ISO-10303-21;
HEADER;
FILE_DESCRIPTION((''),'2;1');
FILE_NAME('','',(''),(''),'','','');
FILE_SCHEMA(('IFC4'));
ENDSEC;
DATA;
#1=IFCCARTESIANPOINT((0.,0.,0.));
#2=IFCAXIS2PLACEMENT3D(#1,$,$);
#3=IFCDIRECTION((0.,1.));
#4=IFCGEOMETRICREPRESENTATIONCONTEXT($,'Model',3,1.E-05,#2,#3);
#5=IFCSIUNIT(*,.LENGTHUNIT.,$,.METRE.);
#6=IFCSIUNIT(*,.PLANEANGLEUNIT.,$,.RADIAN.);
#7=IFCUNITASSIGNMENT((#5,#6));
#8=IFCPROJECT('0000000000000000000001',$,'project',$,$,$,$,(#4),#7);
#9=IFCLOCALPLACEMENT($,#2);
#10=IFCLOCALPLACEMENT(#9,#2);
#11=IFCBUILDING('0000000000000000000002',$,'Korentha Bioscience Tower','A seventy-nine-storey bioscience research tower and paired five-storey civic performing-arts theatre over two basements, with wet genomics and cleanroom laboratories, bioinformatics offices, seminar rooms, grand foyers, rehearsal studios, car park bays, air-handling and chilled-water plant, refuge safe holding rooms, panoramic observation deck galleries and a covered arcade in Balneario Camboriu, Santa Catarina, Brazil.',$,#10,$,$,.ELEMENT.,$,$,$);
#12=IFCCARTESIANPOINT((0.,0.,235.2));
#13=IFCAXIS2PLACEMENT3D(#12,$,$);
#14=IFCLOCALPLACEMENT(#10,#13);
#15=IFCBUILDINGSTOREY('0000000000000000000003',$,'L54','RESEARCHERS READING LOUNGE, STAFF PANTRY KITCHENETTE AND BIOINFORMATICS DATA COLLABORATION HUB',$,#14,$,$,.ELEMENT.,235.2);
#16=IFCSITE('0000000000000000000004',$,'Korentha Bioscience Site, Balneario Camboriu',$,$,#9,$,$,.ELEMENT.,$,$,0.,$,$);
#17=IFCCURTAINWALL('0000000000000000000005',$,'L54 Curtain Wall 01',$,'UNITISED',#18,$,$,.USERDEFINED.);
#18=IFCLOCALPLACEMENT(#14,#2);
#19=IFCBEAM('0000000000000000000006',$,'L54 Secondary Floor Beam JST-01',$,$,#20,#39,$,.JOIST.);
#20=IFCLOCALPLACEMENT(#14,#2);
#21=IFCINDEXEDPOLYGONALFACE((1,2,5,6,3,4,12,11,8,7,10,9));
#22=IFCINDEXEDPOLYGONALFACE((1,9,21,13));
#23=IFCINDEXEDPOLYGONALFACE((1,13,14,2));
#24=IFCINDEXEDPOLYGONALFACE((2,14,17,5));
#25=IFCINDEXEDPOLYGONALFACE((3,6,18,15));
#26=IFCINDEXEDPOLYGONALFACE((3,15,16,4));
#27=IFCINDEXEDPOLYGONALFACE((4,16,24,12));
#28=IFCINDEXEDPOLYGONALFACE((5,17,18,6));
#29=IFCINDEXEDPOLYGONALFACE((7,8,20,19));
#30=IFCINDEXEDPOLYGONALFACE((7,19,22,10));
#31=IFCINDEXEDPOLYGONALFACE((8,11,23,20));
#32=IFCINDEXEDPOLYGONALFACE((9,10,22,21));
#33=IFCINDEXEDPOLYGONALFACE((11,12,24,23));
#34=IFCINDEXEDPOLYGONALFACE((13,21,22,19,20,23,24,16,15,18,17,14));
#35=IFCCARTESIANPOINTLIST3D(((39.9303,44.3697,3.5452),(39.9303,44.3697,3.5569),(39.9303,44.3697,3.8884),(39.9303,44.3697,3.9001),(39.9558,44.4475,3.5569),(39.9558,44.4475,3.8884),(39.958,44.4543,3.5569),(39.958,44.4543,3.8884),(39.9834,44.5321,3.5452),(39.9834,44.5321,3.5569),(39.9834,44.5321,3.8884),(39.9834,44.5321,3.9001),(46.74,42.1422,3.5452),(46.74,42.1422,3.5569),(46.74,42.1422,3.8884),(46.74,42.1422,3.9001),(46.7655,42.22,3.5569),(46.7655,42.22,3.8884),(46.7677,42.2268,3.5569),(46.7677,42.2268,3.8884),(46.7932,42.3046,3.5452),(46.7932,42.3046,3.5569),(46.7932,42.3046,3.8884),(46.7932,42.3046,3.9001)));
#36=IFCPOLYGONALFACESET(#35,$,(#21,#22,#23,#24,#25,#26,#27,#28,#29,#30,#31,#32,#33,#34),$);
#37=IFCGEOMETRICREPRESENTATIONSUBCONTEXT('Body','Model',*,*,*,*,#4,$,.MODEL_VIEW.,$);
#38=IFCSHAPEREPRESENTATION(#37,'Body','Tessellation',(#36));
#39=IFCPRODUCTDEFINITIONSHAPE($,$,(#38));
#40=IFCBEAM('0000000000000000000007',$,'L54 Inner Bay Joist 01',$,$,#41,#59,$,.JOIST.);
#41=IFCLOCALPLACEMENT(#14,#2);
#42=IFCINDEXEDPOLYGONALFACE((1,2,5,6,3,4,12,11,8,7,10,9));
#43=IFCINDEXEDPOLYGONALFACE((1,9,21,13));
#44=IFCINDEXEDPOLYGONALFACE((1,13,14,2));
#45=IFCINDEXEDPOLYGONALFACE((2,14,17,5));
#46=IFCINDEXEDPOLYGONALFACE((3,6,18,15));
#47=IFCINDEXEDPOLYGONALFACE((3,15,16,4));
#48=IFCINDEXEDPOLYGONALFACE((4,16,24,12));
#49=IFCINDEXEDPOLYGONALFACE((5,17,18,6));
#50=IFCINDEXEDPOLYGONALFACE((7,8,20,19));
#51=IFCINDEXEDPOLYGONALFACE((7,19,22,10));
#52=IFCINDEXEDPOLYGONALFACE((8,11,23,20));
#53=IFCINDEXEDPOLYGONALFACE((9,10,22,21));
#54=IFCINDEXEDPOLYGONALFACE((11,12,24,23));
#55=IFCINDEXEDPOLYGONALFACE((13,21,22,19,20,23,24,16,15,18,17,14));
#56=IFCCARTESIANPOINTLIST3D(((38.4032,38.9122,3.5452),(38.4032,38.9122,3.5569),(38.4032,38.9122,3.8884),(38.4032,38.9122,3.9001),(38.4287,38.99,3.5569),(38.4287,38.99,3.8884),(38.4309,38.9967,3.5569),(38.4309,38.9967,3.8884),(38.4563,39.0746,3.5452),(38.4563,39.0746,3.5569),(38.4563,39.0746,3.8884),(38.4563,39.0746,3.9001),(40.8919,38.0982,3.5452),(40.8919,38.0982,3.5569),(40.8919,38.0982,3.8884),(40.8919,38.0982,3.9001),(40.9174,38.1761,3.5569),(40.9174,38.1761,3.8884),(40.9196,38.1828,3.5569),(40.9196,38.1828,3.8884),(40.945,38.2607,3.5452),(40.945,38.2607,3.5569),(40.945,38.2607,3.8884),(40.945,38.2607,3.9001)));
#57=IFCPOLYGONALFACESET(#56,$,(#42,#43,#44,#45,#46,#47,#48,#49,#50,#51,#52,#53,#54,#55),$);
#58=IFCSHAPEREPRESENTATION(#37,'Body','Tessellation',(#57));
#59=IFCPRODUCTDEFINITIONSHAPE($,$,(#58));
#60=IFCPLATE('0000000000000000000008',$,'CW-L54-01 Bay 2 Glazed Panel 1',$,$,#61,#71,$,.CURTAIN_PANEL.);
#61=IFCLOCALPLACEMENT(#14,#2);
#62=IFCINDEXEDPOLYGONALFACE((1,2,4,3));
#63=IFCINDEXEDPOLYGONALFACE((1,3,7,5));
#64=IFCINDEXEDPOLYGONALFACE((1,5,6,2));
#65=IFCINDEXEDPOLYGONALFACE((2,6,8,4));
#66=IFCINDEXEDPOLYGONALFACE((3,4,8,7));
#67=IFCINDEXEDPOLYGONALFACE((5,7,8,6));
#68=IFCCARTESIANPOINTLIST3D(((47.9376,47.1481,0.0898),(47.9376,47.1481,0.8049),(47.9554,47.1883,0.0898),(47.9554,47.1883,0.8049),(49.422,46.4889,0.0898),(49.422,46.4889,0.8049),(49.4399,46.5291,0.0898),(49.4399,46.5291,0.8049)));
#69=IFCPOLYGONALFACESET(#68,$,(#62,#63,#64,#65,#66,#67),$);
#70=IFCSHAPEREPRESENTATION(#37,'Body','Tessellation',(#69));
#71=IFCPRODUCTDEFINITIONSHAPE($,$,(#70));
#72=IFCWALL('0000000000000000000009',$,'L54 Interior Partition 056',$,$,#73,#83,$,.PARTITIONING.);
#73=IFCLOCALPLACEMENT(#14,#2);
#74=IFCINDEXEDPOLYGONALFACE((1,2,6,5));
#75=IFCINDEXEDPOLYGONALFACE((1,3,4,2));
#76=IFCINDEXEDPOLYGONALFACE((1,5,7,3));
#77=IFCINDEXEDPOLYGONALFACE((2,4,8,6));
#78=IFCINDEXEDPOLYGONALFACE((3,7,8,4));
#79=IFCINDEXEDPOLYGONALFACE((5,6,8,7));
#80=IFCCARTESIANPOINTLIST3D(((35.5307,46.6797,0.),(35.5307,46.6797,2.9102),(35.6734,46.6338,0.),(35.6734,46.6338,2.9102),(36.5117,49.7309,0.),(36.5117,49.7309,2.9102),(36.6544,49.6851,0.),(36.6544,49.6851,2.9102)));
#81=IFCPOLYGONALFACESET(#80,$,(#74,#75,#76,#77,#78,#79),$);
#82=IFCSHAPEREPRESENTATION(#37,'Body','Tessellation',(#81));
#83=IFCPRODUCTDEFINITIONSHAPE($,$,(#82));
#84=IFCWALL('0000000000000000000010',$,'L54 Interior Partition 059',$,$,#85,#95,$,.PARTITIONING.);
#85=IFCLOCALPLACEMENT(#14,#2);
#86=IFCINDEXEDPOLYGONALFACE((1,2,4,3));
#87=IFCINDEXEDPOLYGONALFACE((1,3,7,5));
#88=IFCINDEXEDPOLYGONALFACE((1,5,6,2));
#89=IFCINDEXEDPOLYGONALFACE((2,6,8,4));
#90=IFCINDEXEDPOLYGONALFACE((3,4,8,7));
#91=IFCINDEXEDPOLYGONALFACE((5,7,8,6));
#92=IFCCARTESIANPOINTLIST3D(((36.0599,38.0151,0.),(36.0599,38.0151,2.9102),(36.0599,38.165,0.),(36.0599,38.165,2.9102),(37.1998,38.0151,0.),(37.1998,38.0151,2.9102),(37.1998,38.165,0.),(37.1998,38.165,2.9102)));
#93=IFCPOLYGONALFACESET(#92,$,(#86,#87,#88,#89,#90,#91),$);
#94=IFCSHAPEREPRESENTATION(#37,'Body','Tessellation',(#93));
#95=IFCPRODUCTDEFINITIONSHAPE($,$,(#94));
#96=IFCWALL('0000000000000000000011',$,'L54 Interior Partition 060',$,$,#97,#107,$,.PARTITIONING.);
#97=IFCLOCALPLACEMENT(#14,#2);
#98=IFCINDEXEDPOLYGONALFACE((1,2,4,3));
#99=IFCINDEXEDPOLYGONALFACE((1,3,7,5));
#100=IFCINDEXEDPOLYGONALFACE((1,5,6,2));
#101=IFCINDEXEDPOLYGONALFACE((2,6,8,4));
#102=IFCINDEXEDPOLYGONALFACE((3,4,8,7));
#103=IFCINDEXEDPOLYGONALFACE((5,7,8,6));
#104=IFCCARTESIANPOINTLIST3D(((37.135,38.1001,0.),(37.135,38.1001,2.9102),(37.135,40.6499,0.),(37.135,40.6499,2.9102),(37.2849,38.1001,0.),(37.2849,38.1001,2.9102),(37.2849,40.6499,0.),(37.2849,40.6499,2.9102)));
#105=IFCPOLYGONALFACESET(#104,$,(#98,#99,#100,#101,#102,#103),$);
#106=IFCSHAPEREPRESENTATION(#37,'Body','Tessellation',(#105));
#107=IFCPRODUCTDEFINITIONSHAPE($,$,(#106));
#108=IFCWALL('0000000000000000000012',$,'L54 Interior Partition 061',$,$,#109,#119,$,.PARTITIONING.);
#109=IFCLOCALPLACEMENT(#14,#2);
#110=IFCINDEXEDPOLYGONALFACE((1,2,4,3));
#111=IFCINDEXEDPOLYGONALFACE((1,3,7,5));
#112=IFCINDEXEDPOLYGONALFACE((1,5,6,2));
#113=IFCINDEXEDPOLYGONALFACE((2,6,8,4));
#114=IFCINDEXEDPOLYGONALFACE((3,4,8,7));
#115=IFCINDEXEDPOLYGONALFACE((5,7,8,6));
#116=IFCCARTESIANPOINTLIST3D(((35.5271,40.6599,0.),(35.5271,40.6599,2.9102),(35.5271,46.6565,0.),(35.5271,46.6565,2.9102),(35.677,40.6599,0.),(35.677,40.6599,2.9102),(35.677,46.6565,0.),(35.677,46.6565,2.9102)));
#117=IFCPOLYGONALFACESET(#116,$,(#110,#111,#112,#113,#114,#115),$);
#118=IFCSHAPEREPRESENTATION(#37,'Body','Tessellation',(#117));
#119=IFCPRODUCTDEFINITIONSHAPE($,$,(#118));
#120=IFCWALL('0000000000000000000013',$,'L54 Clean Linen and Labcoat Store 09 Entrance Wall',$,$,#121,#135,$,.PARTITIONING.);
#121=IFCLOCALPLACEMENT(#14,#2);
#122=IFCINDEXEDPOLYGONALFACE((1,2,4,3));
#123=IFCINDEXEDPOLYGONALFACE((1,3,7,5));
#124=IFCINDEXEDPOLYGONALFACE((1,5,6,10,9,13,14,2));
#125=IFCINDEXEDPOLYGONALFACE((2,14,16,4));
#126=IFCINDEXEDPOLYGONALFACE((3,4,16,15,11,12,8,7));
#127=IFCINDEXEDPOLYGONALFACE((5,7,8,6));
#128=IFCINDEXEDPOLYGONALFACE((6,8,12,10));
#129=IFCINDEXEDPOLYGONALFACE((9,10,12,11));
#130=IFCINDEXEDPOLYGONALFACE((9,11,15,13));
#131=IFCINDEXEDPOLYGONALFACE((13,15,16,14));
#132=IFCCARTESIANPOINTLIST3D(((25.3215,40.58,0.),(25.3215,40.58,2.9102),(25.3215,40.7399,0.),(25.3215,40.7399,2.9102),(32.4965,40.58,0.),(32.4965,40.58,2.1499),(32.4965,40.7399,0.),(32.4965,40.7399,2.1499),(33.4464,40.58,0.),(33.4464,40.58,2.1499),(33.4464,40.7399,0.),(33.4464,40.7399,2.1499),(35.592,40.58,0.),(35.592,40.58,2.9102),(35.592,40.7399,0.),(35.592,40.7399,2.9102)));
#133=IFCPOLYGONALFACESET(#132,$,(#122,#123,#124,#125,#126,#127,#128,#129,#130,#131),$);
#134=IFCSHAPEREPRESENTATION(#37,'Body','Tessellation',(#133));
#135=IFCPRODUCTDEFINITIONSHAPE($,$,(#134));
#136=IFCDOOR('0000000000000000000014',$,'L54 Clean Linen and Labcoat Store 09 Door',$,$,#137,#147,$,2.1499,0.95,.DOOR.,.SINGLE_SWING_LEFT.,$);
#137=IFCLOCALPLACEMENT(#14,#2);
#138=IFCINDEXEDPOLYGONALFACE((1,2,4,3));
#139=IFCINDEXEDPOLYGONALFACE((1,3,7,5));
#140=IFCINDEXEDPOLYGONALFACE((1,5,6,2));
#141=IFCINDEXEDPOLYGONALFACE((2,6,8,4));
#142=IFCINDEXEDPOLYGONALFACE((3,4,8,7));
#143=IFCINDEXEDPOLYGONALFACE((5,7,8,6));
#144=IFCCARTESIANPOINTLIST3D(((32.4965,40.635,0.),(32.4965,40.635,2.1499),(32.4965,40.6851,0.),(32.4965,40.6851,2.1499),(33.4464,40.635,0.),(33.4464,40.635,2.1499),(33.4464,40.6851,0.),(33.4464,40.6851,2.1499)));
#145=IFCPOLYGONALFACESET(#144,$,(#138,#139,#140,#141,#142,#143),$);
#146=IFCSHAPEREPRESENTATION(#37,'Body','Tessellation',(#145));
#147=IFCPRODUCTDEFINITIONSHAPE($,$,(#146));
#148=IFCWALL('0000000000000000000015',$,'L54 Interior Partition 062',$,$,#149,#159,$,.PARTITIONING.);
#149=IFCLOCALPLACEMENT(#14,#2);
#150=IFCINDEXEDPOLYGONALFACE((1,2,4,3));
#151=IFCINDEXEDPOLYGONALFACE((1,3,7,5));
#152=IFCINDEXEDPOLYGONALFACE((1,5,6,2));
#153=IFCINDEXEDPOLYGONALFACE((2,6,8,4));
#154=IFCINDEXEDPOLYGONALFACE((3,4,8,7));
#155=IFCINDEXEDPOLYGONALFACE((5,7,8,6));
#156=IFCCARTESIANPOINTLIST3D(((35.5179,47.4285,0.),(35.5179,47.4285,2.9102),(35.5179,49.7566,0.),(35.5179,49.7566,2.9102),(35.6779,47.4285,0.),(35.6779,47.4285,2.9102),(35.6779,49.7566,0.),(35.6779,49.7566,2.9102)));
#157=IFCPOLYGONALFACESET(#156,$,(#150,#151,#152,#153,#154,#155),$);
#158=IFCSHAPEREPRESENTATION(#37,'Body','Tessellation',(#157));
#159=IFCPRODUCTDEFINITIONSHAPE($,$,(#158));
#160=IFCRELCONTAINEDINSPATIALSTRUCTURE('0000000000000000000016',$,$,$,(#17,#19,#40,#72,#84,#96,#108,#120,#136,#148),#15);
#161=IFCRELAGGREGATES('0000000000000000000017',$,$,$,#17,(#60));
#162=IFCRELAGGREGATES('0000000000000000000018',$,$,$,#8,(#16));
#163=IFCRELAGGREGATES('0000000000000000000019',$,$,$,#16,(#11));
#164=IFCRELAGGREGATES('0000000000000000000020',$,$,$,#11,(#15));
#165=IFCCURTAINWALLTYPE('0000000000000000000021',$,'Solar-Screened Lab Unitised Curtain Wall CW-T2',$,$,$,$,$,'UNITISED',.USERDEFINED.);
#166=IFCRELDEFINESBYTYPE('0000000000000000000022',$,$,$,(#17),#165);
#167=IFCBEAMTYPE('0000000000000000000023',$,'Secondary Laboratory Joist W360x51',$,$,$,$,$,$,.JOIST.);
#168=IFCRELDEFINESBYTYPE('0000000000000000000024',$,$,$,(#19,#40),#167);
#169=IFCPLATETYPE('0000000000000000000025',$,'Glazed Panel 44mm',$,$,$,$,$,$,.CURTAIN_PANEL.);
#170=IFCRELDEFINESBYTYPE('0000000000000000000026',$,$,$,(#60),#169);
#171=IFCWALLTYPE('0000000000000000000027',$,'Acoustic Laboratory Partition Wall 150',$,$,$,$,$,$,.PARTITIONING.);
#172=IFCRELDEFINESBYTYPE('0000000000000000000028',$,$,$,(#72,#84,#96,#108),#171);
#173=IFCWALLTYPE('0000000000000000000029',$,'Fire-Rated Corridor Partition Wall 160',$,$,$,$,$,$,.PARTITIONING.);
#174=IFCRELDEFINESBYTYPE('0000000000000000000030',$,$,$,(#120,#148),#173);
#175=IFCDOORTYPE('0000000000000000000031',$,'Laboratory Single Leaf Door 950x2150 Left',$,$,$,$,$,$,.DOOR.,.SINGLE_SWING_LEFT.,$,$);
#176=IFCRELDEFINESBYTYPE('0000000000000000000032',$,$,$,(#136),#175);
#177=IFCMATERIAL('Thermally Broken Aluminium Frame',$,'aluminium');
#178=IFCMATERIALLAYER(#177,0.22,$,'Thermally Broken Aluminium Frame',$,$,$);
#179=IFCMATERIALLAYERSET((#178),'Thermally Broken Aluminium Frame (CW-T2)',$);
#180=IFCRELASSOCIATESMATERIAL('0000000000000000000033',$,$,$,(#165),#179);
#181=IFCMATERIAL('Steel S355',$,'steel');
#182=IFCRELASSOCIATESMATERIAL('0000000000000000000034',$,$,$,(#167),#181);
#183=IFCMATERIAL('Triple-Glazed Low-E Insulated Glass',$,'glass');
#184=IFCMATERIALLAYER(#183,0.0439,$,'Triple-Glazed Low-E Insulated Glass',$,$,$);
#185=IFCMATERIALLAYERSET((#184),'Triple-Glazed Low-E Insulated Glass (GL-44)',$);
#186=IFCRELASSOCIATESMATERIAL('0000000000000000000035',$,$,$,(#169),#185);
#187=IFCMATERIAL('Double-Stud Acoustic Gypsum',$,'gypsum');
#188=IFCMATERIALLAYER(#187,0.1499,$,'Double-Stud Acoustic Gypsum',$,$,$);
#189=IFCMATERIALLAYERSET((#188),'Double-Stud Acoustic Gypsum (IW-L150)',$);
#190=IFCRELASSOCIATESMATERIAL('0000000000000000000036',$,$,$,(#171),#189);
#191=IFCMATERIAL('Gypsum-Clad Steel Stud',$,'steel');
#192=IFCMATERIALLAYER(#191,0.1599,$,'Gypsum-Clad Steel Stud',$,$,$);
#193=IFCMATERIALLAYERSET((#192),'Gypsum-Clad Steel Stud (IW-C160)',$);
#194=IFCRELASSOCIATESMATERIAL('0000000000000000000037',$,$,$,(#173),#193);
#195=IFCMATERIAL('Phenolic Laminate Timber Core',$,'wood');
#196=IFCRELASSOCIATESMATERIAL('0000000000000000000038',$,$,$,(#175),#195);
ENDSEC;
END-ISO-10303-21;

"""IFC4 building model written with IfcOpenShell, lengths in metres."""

from ifc_helpers import new_model, si_unit, direction, frame, frame_2d, origin, origin_2d, place, context, subcontext, project, spatial, rectangle, i_section, extrude, material, layer, layer_set, material_profile, profile_set, type_object, element, fill, aggregate, save


model = new_model("IFC4")

# Units and contexts
model_context = context("Model", 3, precision=1e-05, world=origin(), true_north=direction((0.0, 1.0)))
body_context = subcontext(model_context, "Body", "Model", "MODEL_VIEW")
ifc_project = project(units=[si_unit("LENGTHUNIT", "METRE"), si_unit("PLANEANGLEUNIT", "RADIAN")], contexts=[model_context])

# Site, building, storey
site_placement = place(None, origin())
site = spatial("IfcSite", under=ifc_project, at=site_placement, Name="Korentha Bioscience Site, Balneario Camboriu", CompositionType="ELEMENT", RefElevation=0.0)
building_placement = place(site_placement, origin())
building = spatial("IfcBuilding", under=site, at=building_placement, Name="Korentha Bioscience Tower", Description="A seventy-nine-storey bioscience research tower and paired five-storey civic performing-arts theatre over two basements, with wet genomics and cleanroom laboratories, bioinformatics offices, seminar rooms, grand foyers, rehearsal studios, car park bays, air-handling and chilled-water plant, refuge safe holding rooms, panoramic observation deck galleries and a covered arcade in Balneario Camboriu, Santa Catarina, Brazil.", CompositionType="ELEMENT")
storey_placement = place(building_placement, frame((0.0, 0.0, 235.2)))
storey = spatial("IfcBuildingStorey", under=building, at=storey_placement, Name="L54", Description="RESEARCHERS READING LOUNGE, STAFF PANTRY KITCHENETTE AND BIOINFORMATICS DATA COLLABORATION HUB", CompositionType="ELEMENT", Elevation=235.2)

# Shared definitions
ifc_material_1 = material(Name="Steel S355", Category="steel")

# Curtain wall
ifc_material_2 = material(Name="Thermally Broken Aluminium Frame", Category="aluminium")
ifc_layer_1 = layer(ifc_material_2, 0.22, Name="Thermally Broken Aluminium Frame")
ifc_layer_set_1 = layer_set([ifc_layer_1], Name="Thermally Broken Aluminium Frame (CW-T2)")
curtain_wall_type = type_object("IfcCurtainWallType", Name="Solar-Screened Lab Unitised Curtain Wall CW-T2", ElementType="UNITISED", PredefinedType="USERDEFINED", material=ifc_layer_set_1)
curtain_wall_1_placement = place(storey_placement, origin())
curtain_wall_1 = element("IfcCurtainWall", 1, at=curtain_wall_1_placement, inside=storey, type_object=curtain_wall_type, Name="L54 Curtain Wall 01", ObjectType="UNITISED", PredefinedType="USERDEFINED")

# Beams
ifc_material_profile_1 = material_profile(ifc_material_1, i_section(OverallWidth=0.1709, OverallDepth=0.355, WebThickness=0.0071, FlangeThickness=0.0117, at=origin_2d()), Name="Steel S355")
ifc_profile_set_1 = profile_set([ifc_material_profile_1], Name="Steel S355 (JB-360)")
beam_type_1 = type_object("IfcBeamType", Name="Secondary Laboratory Joist W360x51", PredefinedType="JOIST", material=ifc_profile_set_1)
beam_1_placement = place(storey_placement, frame((46.7666, 42.2234, 3.7227), z_axis=(-0.950444, 0.310897, 0.0), x_axis=(-0.310897, -0.950444, 0.0)))
element("IfcBeam", 2, at=beam_1_placement, inside=storey, type_object=beam_type_1, Name="L54 Secondary Floor Beam JST-01", PredefinedType="JOIST", context=body_context, shape_type="SweptSolid", body=[
    extrude(i_section(OverallWidth=0.1709, OverallDepth=0.355, WebThickness=0.0071, FlangeThickness=0.0117, at=origin_2d()), origin(), (0.0, 0.0, 1.0), 7.1648),
])
beam_2_placement = place(storey_placement, frame((40.9185, 38.1794, 3.7227), z_axis=(-0.950458, 0.310852, 0.0), x_axis=(-0.310852, -0.950458, 0.0)))
element("IfcBeam", 3, at=beam_2_placement, inside=storey, type_object=beam_type_1, Name="L54 Inner Bay Joist 01", PredefinedType="JOIST", context=body_context, shape_type="SweptSolid", body=[
    extrude(i_section(OverallWidth=0.1709, OverallDepth=0.355, WebThickness=0.0071, FlangeThickness=0.0117, at=origin_2d()), origin(), (0.0, 0.0, 1.0), 2.6184),
])

# Plate
ifc_material_3 = material(Name="Triple-Glazed Low-E Insulated Glass", Category="glass")
ifc_layer_2 = layer(ifc_material_3, 0.0439, Name="Triple-Glazed Low-E Insulated Glass")
ifc_layer_set_2 = layer_set([ifc_layer_2], Name="Triple-Glazed Low-E Insulated Glass (GL-44)")
plate_type = type_object("IfcPlateType", Name="Glazed Panel 44mm", PredefinedType="CURTAIN_PANEL", material=ifc_layer_set_2)
plate_placement = place(storey_placement, frame((48.6887, 46.8386, 0.0898), z_axis=(0.0, 0.0, 1.0), x_axis=(-0.913944, 0.40584, 0.0)))
plate = element("IfcPlate", 4, at=plate_placement, type_object=plate_type, Name="CW-L54-01 Bay 2 Glazed Panel 1", PredefinedType="CURTAIN_PANEL", context=body_context, shape_type="SweptSolid", body=[
    extrude(rectangle(XDim=1.6243, YDim=0.0439, at=origin_2d()), origin(), (0.0, 0.0, 1.0), 0.7151),
])
aggregate(curtain_wall_1, [plate])

# Shared definitions
ifc_material_4 = material(Name="Double-Stud Acoustic Gypsum", Category="gypsum")
ifc_layer_3 = layer(ifc_material_4, 0.1499, Name="Double-Stud Acoustic Gypsum")
ifc_layer_set_3 = layer_set([ifc_layer_3], Name="Double-Stud Acoustic Gypsum (IW-L150)")
wall_type_1 = type_object("IfcWallType", Name="Acoustic Laboratory Partition Wall 150", PredefinedType="PARTITIONING", material=ifc_layer_set_3)
ifc_material_5 = material(Name="Phenolic Laminate Timber Core", Category="wood")

# Walls
wall_1_placement = place(storey_placement, frame((35.6021, 46.6567, 0.0), z_axis=(0.0, 0.0, 1.0), x_axis=(0.306063, 0.952011, 0.0)))
element("IfcWall", 5, at=wall_1_placement, inside=storey, type_object=wall_type_1, Name="L54 Interior Partition 056", PredefinedType="PARTITIONING", context=body_context, shape_type="SweptSolid", body=[
    extrude(rectangle(XDim=3.2051, YDim=0.1499, at=frame_2d((1.6025, 0.0))), origin(), (0.0, 0.0, 1.0), 2.9102),
])
wall_2_placement = place(storey_placement, frame((36.0601, 38.0901, 0.0), z_axis=(0.0, 0.0, 1.0), x_axis=(1.0, 0.0, 0.0)))
element("IfcWall", 6, at=wall_2_placement, inside=storey, type_object=wall_type_1, Name="L54 Interior Partition 059", PredefinedType="PARTITIONING", context=body_context, shape_type="SweptSolid", body=[
    extrude(rectangle(XDim=1.1399, YDim=0.1499, at=frame_2d((0.5698, 0.0))), origin(), (0.0, 0.0, 1.0), 2.9102),
])
wall_3_placement = place(storey_placement, frame((37.21, 38.1001, 0.0), z_axis=(0.0, 0.0, 1.0), x_axis=(0.0, 1.0, 0.0)))
element("IfcWall", 7, at=wall_3_placement, inside=storey, type_object=wall_type_1, Name="L54 Interior Partition 060", PredefinedType="PARTITIONING", context=body_context, shape_type="SweptSolid", body=[
    extrude(rectangle(XDim=2.5498, YDim=0.1499, at=frame_2d((1.2749, 0.0))), origin(), (0.0, 0.0, 1.0), 2.9102),
])
wall_4_placement = place(storey_placement, frame((35.6021, 40.6599, 0.0), z_axis=(0.0, 0.0, 1.0), x_axis=(0.0, 1.0, 0.0)))
element("IfcWall", 8, at=wall_4_placement, inside=storey, type_object=wall_type_1, Name="L54 Interior Partition 061", PredefinedType="PARTITIONING", context=body_context, shape_type="SweptSolid", body=[
    extrude(rectangle(XDim=5.9966, YDim=0.1499, at=frame_2d((2.9983, 0.0))), origin(), (0.0, 0.0, 1.0), 2.9102),
])

# Wall, opening, door
ifc_material_6 = material(Name="Gypsum-Clad Steel Stud", Category="steel")
ifc_layer_4 = layer(ifc_material_6, 0.1599, Name="Gypsum-Clad Steel Stud")
ifc_layer_set_4 = layer_set([ifc_layer_4], Name="Gypsum-Clad Steel Stud (IW-C160)")
wall_type_2 = type_object("IfcWallType", Name="Fire-Rated Corridor Partition Wall 160", PredefinedType="PARTITIONING", material=ifc_layer_set_4)
wall_5_placement = place(storey_placement, frame((35.592, 40.6599, 0.0), z_axis=(0.0, 0.0, 1.0), x_axis=(-1.0, 0.0, 0.0)))
wall_5 = element("IfcWall", 9, at=wall_5_placement, inside=storey, type_object=wall_type_2, Name="L54 Clean Linen and Labcoat Store 09 Entrance Wall", PredefinedType="PARTITIONING", context=body_context, shape_type="SweptSolid", body=[
    extrude(rectangle(XDim=10.2705, YDim=0.1599, at=frame_2d((5.1353, 0.0))), origin(), (0.0, 0.0, 1.0), 2.9102),
])
opening_1_placement = place(wall_5_placement, frame((2.1455, 0.0, 0.0)))
opening_1 = element("IfcOpeningElement", 10, at=opening_1_placement, cuts=wall_5, PredefinedType="OPENING", context=body_context, shape_type="SweptSolid", body=[
    extrude(rectangle(XDim=0.95, YDim=2.1499, at=frame_2d((0.4751, 1.075))), frame((0.0, 0.0947, 0.0), z_axis=(0.0, -1.0, 0.0), x_axis=(1.0, 0.0, 0.0)), (0.0, 0.0, 1.0), 0.1897),
])
door_type_1 = type_object("IfcDoorType", Name="Laboratory Single Leaf Door 950x2150 Left", OperationType="SINGLE_SWING_LEFT", PredefinedType="DOOR", material=ifc_material_5)
door_1_placement = place(opening_1_placement, origin())
door_1 = element("IfcDoor", 11, at=door_1_placement, inside=storey, type_object=door_type_1, Name="L54 Clean Linen and Labcoat Store 09 Door", OperationType="SINGLE_SWING_LEFT", OverallHeight=2.1499, OverallWidth=0.95, PredefinedType="DOOR", context=body_context, shape_type="SweptSolid", body=[
    extrude(rectangle(XDim=0.95, YDim=2.1499, at=frame_2d((0.4751, 1.075))), frame((0.0, 0.0249, 0.0), z_axis=(0.0, -1.0, 0.0), x_axis=(1.0, 0.0, 0.0)), (0.0, 0.0, 1.0), 0.05),
])
fill(opening_1, door_1)

# Wall
wall_6_placement = place(storey_placement, frame((35.5979, 49.7566, 0.0), z_axis=(0.0, 0.0, 1.0), x_axis=(0.0, -1.0, 0.0)))
element("IfcWall", 12, at=wall_6_placement, inside=storey, type_object=wall_type_2, Name="L54 Interior Partition 062", PredefinedType="PARTITIONING", context=body_context, shape_type="SweptSolid", body=[
    extrude(rectangle(XDim=2.3281, YDim=0.1599, at=frame_2d((1.1641, 0.0))), origin(), (0.0, 0.0, 1.0), 2.9102),
])

save(model, "model.ifc")
